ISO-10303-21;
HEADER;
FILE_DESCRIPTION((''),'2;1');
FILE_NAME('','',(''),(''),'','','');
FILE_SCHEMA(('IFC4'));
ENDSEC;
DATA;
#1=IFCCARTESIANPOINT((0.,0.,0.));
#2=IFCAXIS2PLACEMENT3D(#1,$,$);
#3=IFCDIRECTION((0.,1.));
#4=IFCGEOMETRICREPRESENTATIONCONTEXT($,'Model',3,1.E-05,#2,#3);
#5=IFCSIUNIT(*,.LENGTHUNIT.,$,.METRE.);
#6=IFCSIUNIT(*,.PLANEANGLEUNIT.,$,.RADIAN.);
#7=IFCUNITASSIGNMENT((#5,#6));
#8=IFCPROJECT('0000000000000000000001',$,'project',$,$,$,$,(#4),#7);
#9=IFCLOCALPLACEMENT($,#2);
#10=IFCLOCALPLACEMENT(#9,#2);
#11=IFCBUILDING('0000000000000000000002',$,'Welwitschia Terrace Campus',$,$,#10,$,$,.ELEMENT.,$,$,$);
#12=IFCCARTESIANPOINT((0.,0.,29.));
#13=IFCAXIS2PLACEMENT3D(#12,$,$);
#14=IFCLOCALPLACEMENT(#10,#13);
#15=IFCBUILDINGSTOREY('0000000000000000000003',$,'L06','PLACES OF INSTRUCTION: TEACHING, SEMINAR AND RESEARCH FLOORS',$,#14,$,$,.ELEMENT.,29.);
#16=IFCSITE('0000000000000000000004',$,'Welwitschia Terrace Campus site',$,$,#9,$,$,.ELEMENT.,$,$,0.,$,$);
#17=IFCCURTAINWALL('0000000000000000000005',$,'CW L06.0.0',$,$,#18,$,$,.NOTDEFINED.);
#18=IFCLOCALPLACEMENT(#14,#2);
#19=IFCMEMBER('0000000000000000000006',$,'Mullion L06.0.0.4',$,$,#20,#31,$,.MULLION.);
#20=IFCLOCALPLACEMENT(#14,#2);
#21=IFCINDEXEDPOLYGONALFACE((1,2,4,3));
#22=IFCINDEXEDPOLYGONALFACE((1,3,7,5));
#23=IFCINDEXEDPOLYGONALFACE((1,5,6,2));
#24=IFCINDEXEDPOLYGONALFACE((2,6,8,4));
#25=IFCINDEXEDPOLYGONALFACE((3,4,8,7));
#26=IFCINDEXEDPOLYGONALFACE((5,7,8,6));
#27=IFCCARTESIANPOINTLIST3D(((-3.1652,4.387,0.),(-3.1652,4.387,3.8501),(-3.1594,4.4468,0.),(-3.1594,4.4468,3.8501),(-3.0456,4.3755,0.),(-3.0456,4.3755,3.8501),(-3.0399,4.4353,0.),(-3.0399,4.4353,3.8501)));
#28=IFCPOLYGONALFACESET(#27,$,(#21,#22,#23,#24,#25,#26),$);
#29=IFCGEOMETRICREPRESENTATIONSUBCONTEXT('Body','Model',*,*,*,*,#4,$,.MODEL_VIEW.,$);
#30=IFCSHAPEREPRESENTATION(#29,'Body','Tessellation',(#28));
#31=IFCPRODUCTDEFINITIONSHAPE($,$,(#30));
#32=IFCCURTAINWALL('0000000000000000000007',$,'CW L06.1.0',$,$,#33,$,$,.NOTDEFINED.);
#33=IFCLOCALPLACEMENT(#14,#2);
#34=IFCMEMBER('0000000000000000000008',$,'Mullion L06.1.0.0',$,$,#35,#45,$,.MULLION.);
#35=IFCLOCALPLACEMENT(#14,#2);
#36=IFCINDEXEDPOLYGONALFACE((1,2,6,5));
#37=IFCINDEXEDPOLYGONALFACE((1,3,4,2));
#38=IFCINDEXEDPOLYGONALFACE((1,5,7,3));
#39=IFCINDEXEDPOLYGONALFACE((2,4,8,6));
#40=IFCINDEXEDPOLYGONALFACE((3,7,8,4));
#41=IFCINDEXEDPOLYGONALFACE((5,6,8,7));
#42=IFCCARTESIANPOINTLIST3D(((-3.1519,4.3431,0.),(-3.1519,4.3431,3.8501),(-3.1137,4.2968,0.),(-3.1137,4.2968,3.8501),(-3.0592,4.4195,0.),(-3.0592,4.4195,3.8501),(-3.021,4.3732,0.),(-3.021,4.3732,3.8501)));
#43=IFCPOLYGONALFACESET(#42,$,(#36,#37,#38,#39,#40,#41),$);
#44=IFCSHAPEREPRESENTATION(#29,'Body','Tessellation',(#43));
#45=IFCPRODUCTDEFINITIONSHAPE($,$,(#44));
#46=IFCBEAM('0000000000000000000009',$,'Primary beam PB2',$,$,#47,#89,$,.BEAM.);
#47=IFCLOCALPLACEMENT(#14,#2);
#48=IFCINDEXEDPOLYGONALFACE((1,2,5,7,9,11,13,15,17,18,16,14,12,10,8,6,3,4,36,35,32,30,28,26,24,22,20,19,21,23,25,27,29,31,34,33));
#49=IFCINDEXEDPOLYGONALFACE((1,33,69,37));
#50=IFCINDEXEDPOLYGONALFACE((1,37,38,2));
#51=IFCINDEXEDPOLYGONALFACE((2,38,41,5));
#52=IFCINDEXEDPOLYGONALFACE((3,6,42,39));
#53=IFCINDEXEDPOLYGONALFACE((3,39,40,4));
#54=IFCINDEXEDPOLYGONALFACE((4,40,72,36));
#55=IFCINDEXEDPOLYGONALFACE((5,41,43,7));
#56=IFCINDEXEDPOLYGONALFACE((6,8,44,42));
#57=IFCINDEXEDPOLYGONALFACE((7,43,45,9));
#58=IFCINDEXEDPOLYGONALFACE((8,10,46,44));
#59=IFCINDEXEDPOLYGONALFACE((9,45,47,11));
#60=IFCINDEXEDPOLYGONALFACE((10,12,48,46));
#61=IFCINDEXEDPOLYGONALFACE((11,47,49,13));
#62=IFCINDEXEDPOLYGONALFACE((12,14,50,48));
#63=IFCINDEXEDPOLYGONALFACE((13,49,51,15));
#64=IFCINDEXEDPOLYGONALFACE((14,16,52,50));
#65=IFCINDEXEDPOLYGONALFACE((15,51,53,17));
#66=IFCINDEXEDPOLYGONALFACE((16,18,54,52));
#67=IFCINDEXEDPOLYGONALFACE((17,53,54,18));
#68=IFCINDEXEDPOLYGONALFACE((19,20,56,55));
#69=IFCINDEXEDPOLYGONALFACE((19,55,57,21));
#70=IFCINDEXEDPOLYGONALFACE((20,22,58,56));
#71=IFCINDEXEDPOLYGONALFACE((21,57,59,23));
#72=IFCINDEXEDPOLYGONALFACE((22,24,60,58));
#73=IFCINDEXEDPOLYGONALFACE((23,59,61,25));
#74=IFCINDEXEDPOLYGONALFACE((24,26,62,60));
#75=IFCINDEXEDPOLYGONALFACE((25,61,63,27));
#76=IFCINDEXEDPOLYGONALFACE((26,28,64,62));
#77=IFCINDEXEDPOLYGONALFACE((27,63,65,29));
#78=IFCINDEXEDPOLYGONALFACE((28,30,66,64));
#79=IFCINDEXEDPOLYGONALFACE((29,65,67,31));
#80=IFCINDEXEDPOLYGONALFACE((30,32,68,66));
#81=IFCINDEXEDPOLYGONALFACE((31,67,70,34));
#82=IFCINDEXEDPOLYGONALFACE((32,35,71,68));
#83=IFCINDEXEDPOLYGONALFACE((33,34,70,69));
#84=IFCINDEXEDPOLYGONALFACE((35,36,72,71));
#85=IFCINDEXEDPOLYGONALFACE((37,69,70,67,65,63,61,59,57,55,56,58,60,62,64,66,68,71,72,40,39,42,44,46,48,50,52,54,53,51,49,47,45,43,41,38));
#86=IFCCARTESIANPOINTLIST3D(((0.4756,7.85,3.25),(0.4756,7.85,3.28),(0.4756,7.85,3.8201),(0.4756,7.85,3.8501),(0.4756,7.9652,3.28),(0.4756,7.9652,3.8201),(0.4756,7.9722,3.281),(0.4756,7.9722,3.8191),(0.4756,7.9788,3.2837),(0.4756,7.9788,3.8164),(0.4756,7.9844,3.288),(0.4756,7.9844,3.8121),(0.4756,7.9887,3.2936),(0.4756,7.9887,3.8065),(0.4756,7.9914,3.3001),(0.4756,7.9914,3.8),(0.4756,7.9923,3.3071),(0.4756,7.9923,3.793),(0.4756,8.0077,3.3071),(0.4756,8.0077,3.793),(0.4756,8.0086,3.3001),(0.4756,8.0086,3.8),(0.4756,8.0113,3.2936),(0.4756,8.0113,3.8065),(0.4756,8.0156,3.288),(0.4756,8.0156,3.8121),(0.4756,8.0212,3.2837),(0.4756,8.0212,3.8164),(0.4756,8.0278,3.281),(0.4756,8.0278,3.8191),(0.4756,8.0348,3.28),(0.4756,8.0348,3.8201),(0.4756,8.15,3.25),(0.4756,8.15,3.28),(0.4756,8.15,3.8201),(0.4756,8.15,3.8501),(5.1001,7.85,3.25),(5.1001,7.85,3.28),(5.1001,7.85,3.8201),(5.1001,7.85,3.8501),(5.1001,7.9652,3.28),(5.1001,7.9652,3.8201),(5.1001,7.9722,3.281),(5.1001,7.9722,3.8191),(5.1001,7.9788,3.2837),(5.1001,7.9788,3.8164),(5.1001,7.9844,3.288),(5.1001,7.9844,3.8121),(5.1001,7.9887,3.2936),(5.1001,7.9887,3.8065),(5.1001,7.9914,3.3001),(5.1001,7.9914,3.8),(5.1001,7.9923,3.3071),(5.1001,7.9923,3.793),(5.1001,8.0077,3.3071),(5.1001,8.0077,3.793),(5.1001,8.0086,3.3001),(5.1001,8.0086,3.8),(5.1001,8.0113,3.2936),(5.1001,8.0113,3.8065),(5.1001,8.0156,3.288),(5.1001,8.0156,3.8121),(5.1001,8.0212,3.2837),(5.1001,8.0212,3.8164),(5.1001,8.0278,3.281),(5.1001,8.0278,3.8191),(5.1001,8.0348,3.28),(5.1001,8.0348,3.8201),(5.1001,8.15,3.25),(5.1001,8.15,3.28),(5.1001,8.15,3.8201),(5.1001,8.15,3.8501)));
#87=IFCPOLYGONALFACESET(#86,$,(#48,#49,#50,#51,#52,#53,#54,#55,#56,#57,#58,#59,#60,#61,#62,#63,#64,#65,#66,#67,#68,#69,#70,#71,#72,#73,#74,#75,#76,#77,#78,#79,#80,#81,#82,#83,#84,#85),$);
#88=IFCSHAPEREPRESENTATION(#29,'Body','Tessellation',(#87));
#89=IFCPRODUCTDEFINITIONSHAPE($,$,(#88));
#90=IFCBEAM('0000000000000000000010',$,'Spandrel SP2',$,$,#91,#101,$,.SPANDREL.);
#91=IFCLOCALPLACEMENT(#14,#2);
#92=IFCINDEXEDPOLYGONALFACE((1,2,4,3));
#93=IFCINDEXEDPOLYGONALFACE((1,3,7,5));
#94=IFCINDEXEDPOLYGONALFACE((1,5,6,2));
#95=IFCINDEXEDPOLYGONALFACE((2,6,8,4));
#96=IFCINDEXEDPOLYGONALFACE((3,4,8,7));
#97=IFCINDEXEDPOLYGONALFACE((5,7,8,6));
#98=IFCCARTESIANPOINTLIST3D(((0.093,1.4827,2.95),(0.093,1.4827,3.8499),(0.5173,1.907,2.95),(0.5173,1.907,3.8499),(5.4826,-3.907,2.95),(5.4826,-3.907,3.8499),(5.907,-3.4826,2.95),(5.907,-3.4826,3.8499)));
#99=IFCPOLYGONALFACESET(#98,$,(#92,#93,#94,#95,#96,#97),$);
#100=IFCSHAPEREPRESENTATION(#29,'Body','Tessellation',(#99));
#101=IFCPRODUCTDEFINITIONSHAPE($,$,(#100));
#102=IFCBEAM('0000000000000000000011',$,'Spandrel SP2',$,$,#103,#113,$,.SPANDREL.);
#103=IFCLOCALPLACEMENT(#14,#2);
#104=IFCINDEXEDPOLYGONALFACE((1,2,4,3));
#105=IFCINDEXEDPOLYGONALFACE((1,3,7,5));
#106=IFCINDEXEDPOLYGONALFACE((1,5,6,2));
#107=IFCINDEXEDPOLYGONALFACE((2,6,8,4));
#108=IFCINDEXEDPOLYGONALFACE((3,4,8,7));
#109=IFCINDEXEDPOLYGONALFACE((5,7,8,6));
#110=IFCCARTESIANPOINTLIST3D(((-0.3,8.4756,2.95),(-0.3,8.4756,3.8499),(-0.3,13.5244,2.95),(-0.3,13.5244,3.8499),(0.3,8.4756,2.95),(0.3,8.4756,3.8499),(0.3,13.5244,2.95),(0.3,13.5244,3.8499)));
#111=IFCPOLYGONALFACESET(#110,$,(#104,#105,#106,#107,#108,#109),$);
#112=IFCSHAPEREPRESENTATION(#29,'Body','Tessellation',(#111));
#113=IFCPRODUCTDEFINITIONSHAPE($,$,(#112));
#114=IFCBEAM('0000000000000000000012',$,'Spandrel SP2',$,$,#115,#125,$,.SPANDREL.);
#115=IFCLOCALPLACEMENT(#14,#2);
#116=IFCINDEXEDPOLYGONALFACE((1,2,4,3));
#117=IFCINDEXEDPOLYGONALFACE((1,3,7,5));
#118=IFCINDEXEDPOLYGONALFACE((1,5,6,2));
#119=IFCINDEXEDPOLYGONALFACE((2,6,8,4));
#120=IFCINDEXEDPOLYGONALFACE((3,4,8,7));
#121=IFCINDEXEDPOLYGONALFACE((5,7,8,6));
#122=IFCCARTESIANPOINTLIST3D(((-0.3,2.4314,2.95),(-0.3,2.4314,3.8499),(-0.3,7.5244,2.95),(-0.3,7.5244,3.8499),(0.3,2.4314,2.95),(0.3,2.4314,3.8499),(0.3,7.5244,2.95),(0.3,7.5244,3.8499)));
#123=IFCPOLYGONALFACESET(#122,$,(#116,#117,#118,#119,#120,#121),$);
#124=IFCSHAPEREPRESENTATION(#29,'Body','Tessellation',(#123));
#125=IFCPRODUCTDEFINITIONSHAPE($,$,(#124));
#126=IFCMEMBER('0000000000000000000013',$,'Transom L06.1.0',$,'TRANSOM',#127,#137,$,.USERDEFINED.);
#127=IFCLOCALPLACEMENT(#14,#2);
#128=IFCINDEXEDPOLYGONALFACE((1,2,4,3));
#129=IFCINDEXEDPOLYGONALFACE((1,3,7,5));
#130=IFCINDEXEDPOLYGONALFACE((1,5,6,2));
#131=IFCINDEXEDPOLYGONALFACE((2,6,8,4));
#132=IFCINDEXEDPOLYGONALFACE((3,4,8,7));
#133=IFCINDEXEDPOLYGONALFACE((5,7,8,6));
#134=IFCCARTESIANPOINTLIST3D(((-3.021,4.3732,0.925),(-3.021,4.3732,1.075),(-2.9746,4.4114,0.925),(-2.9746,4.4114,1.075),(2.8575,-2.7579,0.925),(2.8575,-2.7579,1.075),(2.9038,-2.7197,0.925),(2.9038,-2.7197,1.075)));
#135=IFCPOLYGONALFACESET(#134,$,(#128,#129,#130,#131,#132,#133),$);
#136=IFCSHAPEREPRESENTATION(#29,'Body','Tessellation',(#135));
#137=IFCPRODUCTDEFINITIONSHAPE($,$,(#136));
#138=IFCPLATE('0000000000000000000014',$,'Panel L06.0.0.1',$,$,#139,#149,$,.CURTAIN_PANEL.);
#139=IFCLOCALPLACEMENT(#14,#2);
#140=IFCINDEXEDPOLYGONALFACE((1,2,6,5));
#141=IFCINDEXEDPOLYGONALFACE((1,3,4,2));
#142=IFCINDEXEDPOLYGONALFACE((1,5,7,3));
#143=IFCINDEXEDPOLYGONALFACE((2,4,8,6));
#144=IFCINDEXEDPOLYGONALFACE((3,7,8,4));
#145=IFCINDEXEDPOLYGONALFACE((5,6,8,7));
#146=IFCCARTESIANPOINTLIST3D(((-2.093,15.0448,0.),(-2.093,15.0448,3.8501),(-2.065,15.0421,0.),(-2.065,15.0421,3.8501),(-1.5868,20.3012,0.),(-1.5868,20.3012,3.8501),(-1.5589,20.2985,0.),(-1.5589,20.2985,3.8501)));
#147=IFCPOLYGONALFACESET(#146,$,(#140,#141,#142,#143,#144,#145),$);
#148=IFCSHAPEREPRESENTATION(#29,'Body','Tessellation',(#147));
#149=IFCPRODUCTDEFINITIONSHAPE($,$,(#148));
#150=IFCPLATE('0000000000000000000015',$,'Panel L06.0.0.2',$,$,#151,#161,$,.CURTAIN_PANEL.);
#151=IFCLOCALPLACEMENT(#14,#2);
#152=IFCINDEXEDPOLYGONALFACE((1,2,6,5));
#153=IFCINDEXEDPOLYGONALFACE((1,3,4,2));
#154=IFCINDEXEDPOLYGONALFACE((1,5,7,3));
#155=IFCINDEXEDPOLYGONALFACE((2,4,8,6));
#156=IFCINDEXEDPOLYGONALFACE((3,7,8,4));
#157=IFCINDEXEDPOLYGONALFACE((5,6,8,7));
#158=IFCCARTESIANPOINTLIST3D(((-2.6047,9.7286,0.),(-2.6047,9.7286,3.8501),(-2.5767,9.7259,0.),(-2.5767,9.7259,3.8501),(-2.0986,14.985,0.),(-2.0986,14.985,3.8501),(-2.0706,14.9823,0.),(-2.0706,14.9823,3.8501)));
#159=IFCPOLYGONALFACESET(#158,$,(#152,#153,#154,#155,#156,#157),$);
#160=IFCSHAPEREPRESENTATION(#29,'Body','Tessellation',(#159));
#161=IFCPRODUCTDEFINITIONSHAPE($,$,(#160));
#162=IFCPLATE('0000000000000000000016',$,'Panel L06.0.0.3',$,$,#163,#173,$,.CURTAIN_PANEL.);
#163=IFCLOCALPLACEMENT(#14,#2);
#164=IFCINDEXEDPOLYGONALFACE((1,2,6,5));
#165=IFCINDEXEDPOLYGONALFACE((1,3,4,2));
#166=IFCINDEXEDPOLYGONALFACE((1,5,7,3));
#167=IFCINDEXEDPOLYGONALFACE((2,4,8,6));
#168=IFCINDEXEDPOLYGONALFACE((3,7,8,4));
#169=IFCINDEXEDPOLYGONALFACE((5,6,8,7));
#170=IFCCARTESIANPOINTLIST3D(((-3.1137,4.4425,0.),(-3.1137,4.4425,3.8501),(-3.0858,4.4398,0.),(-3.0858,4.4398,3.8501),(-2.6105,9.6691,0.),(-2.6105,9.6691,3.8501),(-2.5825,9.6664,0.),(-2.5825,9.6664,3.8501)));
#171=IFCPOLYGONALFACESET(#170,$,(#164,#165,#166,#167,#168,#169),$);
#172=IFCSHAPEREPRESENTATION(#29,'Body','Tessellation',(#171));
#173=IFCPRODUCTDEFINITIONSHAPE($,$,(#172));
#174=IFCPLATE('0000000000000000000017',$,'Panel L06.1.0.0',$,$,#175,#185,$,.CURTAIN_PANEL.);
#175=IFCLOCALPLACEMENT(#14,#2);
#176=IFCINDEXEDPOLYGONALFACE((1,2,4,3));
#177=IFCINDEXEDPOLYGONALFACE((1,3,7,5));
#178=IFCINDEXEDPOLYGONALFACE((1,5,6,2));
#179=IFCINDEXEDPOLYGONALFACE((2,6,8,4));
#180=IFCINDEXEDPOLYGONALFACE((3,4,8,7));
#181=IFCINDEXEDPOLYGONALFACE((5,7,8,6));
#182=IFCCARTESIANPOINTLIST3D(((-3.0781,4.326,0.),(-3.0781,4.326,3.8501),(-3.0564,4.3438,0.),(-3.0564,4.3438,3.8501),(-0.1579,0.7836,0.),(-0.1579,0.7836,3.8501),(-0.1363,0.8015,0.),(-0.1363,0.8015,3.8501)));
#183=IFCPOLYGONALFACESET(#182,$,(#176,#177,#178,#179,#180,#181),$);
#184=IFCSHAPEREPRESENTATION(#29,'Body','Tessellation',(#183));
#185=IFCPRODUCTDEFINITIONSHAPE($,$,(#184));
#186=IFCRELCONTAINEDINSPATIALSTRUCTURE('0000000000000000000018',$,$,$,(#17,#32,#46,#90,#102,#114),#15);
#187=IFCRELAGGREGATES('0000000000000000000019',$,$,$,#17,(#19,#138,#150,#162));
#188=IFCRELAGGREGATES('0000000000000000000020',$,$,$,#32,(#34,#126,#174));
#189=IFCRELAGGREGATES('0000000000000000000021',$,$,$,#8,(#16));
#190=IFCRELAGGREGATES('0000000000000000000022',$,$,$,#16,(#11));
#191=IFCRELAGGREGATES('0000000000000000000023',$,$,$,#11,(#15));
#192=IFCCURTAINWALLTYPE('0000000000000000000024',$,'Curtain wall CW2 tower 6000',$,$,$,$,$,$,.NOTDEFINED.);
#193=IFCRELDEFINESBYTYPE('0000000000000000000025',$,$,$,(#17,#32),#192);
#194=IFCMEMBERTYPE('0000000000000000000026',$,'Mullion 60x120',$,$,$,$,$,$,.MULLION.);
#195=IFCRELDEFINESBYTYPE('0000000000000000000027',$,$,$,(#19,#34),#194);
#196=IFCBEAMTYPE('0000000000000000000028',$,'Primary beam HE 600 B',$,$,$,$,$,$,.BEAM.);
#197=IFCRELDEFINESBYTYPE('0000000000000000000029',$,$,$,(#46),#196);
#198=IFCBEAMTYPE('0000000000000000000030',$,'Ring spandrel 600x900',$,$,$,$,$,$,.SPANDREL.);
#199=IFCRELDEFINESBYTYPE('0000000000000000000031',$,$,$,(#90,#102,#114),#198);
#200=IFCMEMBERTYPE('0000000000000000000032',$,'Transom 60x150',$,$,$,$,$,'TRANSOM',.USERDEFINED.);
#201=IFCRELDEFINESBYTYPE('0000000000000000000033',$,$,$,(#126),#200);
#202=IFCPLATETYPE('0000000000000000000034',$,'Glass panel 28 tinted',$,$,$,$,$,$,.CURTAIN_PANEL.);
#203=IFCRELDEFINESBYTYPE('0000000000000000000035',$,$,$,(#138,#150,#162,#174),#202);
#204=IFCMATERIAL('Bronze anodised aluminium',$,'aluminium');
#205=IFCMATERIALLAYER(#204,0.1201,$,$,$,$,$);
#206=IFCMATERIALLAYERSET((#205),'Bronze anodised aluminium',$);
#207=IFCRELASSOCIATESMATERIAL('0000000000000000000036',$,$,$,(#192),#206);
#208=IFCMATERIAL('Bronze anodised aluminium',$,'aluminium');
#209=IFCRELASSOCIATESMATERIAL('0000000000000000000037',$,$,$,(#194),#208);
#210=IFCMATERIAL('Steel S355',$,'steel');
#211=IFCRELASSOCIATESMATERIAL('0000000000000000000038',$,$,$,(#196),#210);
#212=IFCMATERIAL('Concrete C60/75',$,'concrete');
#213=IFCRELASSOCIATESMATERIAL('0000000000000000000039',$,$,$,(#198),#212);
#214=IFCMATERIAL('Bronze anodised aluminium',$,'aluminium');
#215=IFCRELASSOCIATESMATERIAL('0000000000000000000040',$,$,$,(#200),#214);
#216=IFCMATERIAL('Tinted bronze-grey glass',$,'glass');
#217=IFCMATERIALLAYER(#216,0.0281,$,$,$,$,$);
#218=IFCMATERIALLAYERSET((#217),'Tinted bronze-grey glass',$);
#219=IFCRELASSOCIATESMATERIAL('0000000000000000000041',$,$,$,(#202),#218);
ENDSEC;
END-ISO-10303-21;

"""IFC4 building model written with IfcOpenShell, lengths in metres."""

from ifc_helpers import new_model, si_unit, direction, frame, origin, origin_2d, place, context, subcontext, project, spatial, rectangle, i_section, extrude, material, layer, layer_set, material_profile, profile_set, type_object, element, aggregate, save


model = new_model("IFC4")

# Units and contexts
model_context = context("Model", 3, precision=1e-05, world=origin(), true_north=direction((0.0, 1.0)))
body_context = subcontext(model_context, "Body", "Model", "MODEL_VIEW")
ifc_project = project(units=[si_unit("LENGTHUNIT", "METRE"), si_unit("PLANEANGLEUNIT", "RADIAN")], contexts=[model_context])

# Site, building, storey
site_placement = place(None, origin())
site = spatial("IfcSite", under=ifc_project, at=site_placement, Name="Welwitschia Terrace Campus site", CompositionType="ELEMENT", RefElevation=0.0)
building_placement = place(site_placement, origin())
building = spatial("IfcBuilding", under=site, at=building_placement, Name="Welwitschia Terrace Campus", CompositionType="ELEMENT")
storey_placement = place(building_placement, frame((0.0, 0.0, 29.0)))
storey = spatial("IfcBuildingStorey", under=building, at=storey_placement, Name="L06", Description="PLACES OF INSTRUCTION: TEACHING, SEMINAR AND RESEARCH FLOORS", CompositionType="ELEMENT", Elevation=29.0)

# Curtain wall, member
ifc_material_1 = material(Name="Bronze anodised aluminium", Category="aluminium")
ifc_layer_1 = layer(ifc_material_1, 0.1201)
ifc_layer_set_1 = layer_set([ifc_layer_1], Name="Bronze anodised aluminium")
curtain_wall_type = type_object("IfcCurtainWallType", Name="Curtain wall CW2 tower 6000", PredefinedType="NOTDEFINED", material=ifc_layer_set_1)
curtain_wall_1_placement = place(storey_placement, origin())
curtain_wall_1 = element("IfcCurtainWall", 1, at=curtain_wall_1_placement, inside=storey, type_object=curtain_wall_type, Name="CW L06.0.0", PredefinedType="NOTDEFINED")
ifc_material_2 = material(Name="Bronze anodised aluminium", Category="aluminium")
ifc_material_profile_1 = material_profile(ifc_material_2, rectangle(XDim=0.1201, YDim=0.0601, at=origin_2d()))
ifc_profile_set_1 = profile_set([ifc_material_profile_1], Name="Bronze anodised aluminium")
member_type_1 = type_object("IfcMemberType", Name="Mullion 60x120", PredefinedType="MULLION", material=ifc_profile_set_1)
member_1_placement = place(storey_placement, frame((-3.1025, 4.4111, 0.0), z_axis=(0.0, 0.0, 1.0), x_axis=(0.995396, -0.095846, 0.0)))
member_1 = element("IfcMember", 2, at=member_1_placement, type_object=member_type_1, Name="Mullion L06.0.0.4", PredefinedType="MULLION", context=body_context, shape_type="SweptSolid", body=[
    extrude(rectangle(XDim=0.1201, YDim=0.0601, at=origin_2d()), origin(), (0.0, 0.0, 1.0), 3.8501),
])

# Curtain wall, member
curtain_wall_2_placement = place(storey_placement, origin())
curtain_wall_2 = element("IfcCurtainWall", 3, at=curtain_wall_2_placement, inside=storey, type_object=curtain_wall_type, Name="CW L06.1.0", PredefinedType="NOTDEFINED")
member_2_placement = place(storey_placement, frame((-3.0864, 4.3582, 0.0), z_axis=(0.0, 0.0, 1.0), x_axis=(0.771625, 0.636078, 0.0)))
member_2 = element("IfcMember", 4, at=member_2_placement, type_object=member_type_1, Name="Mullion L06.1.0.0", PredefinedType="MULLION", context=body_context, shape_type="SweptSolid", body=[
    extrude(rectangle(XDim=0.1201, YDim=0.0601, at=origin_2d()), origin(), (0.0, 0.0, 1.0), 3.8501),
])

# Beams
ifc_material_3 = material(Name="Steel S355", Category="steel")
ifc_material_profile_2 = material_profile(ifc_material_3, i_section(OverallWidth=0.3, OverallDepth=0.6001, WebThickness=0.0154, FlangeThickness=0.03, FilletRadius=0.0271, at=origin_2d()))
ifc_profile_set_2 = profile_set([ifc_material_profile_2], Name="Steel S355")
beam_type_1 = type_object("IfcBeamType", Name="Primary beam HE 600 B", PredefinedType="BEAM", material=ifc_profile_set_2)
beam_1_placement = place(storey_placement, frame((0.4756, 8.0, 3.55), z_axis=(1.0, 0.0, 0.0), x_axis=(0.0, 1.0, 0.0)))
element("IfcBeam", 5, at=beam_1_placement, inside=storey, type_object=beam_type_1, Name="Primary beam PB2", PredefinedType="BEAM", context=body_context, shape_type="SweptSolid", body=[
    extrude(i_section(OverallWidth=0.3, OverallDepth=0.6001, WebThickness=0.0154, FlangeThickness=0.03, FilletRadius=0.0271, at=origin_2d()), origin(), (0.0, 0.0, 1.0), 4.6245),
])
ifc_material_4 = material(Name="Concrete C60/75", Category="concrete")
ifc_material_profile_3 = material_profile(ifc_material_4, rectangle(XDim=0.6001, YDim=0.8999, at=origin_2d()))
ifc_profile_set_3 = profile_set([ifc_material_profile_3], Name="Concrete C60/75")
beam_type_2 = type_object("IfcBeamType", Name="Ring spandrel 600x900", PredefinedType="SPANDREL", material=ifc_profile_set_3)
beam_2_placement = place(storey_placement, frame((0.3052, 1.6948, 3.3999), z_axis=(0.707107, -0.707107, 0.0), x_axis=(0.707107, 0.707107, 0.0)))
element("IfcBeam", 6, at=beam_2_placement, inside=storey, type_object=beam_type_2, Name="Spandrel SP2", PredefinedType="SPANDREL", context=body_context, shape_type="SweptSolid", body=[
    extrude(rectangle(XDim=0.6001, YDim=0.8999, at=origin_2d()), origin(), (0.0, 0.0, 1.0), 7.6221),
])
beam_3_placement = place(storey_placement, frame((0.0, 13.5244, 3.3999), z_axis=(0.0, -1.0, 0.0), x_axis=(1.0, 0.0, 0.0)))
element("IfcBeam", 7, at=beam_3_placement, inside=storey, type_object=beam_type_2, Name="Spandrel SP2", PredefinedType="SPANDREL", context=body_context, shape_type="SweptSolid", body=[
    extrude(rectangle(XDim=0.6001, YDim=0.8999, at=origin_2d()), origin(), (0.0, 0.0, 1.0), 5.0488),
])
beam_4_placement = place(storey_placement, frame((0.0, 7.5244, 3.3999), z_axis=(0.0, -1.0, 0.0), x_axis=(1.0, 0.0, 0.0)))
element("IfcBeam", 8, at=beam_4_placement, inside=storey, type_object=beam_type_2, Name="Spandrel SP2", PredefinedType="SPANDREL", context=body_context, shape_type="SweptSolid", body=[
    extrude(rectangle(XDim=0.6001, YDim=0.8999, at=origin_2d()), origin(), (0.0, 0.0, 1.0), 5.093),
])

# Member
ifc_material_5 = material(Name="Bronze anodised aluminium", Category="aluminium")
ifc_material_profile_4 = material_profile(ifc_material_5, rectangle(XDim=0.0601, YDim=0.1499, at=origin_2d()))
ifc_profile_set_4 = profile_set([ifc_material_profile_4], Name="Bronze anodised aluminium")
member_type_2 = type_object("IfcMemberType", Name="Transom 60x150", ElementType="TRANSOM", PredefinedType="USERDEFINED", material=ifc_profile_set_4)
member_3_placement = place(storey_placement, frame((-2.9978, 4.3923, 1.0), z_axis=(0.636078, -0.771625, 0.0), x_axis=(0.771625, 0.636078, 0.0)))
member_3 = element("IfcMember", 9, at=member_3_placement, type_object=member_type_2, Name="Transom L06.1.0", ObjectType="TRANSOM", PredefinedType="USERDEFINED", context=body_context, shape_type="SweptSolid", body=[
    extrude(rectangle(XDim=0.0601, YDim=0.1499, at=origin_2d()), origin(), (0.0, 0.0, 1.0), 9.2417),
])

# Plates
ifc_material_6 = material(Name="Tinted bronze-grey glass", Category="glass")
ifc_layer_2 = layer(ifc_material_6, 0.0281)
ifc_layer_set_2 = layer_set([ifc_layer_2], Name="Tinted bronze-grey glass")
plate_type = type_object("IfcPlateType", Name="Glass panel 28 tinted", PredefinedType="CURTAIN_PANEL", material=ifc_layer_set_2)
plate_1_placement = place(storey_placement, frame((-1.8259, 17.6716, 0.0), z_axis=(0.0, 0.0, 1.0), x_axis=(-0.095846, -0.995396, 0.0)))
plate_1 = element("IfcPlate", 10, at=plate_1_placement, type_object=plate_type, Name="Panel L06.0.0.1", PredefinedType="CURTAIN_PANEL", context=body_context, shape_type="SweptSolid", body=[
    extrude(rectangle(XDim=5.2808, YDim=0.0281, at=origin_2d()), origin(), (0.0, 0.0, 1.0), 3.8501),
])
plate_2_placement = place(storey_placement, frame((-2.3376, 12.3555, 0.0), z_axis=(0.0, 0.0, 1.0), x_axis=(-0.095846, -0.995396, 0.0)))
plate_2 = element("IfcPlate", 11, at=plate_2_placement, type_object=plate_type, Name="Panel L06.0.0.2", PredefinedType="CURTAIN_PANEL", context=body_context, shape_type="SweptSolid", body=[
    extrude(rectangle(XDim=5.2808, YDim=0.0281, at=origin_2d()), origin(), (0.0, 0.0, 1.0), 3.8501),
])
plate_3_placement = place(storey_placement, frame((-2.8481, 7.0544, 0.0), z_axis=(0.0, 0.0, 1.0), x_axis=(-0.095846, -0.995396, 0.0)))
plate_3 = element("IfcPlate", 12, at=plate_3_placement, type_object=plate_type, Name="Panel L06.0.0.3", PredefinedType="CURTAIN_PANEL", context=body_context, shape_type="SweptSolid", body=[
    extrude(rectangle(XDim=5.2507, YDim=0.0281, at=origin_2d()), origin(), (0.0, 0.0, 1.0), 3.8501),
])
aggregate(curtain_wall_1, [member_1, plate_1, plate_2, plate_3])
plate_4_placement = place(storey_placement, frame((-1.6072, 2.5637, 0.0), z_axis=(0.0, 0.0, 1.0), x_axis=(0.636078, -0.771625, 0.0)))
plate_4 = element("IfcPlate", 13, at=plate_4_placement, type_object=plate_type, Name="Panel L06.1.0.0", PredefinedType="CURTAIN_PANEL", context=body_context, shape_type="SweptSolid", body=[
    extrude(rectangle(XDim=4.5908, YDim=0.0281, at=origin_2d()), origin(), (0.0, 0.0, 1.0), 3.8501),
])
aggregate(curtain_wall_2, [member_2, member_3, plate_4])

save(model, "model.ifc")
